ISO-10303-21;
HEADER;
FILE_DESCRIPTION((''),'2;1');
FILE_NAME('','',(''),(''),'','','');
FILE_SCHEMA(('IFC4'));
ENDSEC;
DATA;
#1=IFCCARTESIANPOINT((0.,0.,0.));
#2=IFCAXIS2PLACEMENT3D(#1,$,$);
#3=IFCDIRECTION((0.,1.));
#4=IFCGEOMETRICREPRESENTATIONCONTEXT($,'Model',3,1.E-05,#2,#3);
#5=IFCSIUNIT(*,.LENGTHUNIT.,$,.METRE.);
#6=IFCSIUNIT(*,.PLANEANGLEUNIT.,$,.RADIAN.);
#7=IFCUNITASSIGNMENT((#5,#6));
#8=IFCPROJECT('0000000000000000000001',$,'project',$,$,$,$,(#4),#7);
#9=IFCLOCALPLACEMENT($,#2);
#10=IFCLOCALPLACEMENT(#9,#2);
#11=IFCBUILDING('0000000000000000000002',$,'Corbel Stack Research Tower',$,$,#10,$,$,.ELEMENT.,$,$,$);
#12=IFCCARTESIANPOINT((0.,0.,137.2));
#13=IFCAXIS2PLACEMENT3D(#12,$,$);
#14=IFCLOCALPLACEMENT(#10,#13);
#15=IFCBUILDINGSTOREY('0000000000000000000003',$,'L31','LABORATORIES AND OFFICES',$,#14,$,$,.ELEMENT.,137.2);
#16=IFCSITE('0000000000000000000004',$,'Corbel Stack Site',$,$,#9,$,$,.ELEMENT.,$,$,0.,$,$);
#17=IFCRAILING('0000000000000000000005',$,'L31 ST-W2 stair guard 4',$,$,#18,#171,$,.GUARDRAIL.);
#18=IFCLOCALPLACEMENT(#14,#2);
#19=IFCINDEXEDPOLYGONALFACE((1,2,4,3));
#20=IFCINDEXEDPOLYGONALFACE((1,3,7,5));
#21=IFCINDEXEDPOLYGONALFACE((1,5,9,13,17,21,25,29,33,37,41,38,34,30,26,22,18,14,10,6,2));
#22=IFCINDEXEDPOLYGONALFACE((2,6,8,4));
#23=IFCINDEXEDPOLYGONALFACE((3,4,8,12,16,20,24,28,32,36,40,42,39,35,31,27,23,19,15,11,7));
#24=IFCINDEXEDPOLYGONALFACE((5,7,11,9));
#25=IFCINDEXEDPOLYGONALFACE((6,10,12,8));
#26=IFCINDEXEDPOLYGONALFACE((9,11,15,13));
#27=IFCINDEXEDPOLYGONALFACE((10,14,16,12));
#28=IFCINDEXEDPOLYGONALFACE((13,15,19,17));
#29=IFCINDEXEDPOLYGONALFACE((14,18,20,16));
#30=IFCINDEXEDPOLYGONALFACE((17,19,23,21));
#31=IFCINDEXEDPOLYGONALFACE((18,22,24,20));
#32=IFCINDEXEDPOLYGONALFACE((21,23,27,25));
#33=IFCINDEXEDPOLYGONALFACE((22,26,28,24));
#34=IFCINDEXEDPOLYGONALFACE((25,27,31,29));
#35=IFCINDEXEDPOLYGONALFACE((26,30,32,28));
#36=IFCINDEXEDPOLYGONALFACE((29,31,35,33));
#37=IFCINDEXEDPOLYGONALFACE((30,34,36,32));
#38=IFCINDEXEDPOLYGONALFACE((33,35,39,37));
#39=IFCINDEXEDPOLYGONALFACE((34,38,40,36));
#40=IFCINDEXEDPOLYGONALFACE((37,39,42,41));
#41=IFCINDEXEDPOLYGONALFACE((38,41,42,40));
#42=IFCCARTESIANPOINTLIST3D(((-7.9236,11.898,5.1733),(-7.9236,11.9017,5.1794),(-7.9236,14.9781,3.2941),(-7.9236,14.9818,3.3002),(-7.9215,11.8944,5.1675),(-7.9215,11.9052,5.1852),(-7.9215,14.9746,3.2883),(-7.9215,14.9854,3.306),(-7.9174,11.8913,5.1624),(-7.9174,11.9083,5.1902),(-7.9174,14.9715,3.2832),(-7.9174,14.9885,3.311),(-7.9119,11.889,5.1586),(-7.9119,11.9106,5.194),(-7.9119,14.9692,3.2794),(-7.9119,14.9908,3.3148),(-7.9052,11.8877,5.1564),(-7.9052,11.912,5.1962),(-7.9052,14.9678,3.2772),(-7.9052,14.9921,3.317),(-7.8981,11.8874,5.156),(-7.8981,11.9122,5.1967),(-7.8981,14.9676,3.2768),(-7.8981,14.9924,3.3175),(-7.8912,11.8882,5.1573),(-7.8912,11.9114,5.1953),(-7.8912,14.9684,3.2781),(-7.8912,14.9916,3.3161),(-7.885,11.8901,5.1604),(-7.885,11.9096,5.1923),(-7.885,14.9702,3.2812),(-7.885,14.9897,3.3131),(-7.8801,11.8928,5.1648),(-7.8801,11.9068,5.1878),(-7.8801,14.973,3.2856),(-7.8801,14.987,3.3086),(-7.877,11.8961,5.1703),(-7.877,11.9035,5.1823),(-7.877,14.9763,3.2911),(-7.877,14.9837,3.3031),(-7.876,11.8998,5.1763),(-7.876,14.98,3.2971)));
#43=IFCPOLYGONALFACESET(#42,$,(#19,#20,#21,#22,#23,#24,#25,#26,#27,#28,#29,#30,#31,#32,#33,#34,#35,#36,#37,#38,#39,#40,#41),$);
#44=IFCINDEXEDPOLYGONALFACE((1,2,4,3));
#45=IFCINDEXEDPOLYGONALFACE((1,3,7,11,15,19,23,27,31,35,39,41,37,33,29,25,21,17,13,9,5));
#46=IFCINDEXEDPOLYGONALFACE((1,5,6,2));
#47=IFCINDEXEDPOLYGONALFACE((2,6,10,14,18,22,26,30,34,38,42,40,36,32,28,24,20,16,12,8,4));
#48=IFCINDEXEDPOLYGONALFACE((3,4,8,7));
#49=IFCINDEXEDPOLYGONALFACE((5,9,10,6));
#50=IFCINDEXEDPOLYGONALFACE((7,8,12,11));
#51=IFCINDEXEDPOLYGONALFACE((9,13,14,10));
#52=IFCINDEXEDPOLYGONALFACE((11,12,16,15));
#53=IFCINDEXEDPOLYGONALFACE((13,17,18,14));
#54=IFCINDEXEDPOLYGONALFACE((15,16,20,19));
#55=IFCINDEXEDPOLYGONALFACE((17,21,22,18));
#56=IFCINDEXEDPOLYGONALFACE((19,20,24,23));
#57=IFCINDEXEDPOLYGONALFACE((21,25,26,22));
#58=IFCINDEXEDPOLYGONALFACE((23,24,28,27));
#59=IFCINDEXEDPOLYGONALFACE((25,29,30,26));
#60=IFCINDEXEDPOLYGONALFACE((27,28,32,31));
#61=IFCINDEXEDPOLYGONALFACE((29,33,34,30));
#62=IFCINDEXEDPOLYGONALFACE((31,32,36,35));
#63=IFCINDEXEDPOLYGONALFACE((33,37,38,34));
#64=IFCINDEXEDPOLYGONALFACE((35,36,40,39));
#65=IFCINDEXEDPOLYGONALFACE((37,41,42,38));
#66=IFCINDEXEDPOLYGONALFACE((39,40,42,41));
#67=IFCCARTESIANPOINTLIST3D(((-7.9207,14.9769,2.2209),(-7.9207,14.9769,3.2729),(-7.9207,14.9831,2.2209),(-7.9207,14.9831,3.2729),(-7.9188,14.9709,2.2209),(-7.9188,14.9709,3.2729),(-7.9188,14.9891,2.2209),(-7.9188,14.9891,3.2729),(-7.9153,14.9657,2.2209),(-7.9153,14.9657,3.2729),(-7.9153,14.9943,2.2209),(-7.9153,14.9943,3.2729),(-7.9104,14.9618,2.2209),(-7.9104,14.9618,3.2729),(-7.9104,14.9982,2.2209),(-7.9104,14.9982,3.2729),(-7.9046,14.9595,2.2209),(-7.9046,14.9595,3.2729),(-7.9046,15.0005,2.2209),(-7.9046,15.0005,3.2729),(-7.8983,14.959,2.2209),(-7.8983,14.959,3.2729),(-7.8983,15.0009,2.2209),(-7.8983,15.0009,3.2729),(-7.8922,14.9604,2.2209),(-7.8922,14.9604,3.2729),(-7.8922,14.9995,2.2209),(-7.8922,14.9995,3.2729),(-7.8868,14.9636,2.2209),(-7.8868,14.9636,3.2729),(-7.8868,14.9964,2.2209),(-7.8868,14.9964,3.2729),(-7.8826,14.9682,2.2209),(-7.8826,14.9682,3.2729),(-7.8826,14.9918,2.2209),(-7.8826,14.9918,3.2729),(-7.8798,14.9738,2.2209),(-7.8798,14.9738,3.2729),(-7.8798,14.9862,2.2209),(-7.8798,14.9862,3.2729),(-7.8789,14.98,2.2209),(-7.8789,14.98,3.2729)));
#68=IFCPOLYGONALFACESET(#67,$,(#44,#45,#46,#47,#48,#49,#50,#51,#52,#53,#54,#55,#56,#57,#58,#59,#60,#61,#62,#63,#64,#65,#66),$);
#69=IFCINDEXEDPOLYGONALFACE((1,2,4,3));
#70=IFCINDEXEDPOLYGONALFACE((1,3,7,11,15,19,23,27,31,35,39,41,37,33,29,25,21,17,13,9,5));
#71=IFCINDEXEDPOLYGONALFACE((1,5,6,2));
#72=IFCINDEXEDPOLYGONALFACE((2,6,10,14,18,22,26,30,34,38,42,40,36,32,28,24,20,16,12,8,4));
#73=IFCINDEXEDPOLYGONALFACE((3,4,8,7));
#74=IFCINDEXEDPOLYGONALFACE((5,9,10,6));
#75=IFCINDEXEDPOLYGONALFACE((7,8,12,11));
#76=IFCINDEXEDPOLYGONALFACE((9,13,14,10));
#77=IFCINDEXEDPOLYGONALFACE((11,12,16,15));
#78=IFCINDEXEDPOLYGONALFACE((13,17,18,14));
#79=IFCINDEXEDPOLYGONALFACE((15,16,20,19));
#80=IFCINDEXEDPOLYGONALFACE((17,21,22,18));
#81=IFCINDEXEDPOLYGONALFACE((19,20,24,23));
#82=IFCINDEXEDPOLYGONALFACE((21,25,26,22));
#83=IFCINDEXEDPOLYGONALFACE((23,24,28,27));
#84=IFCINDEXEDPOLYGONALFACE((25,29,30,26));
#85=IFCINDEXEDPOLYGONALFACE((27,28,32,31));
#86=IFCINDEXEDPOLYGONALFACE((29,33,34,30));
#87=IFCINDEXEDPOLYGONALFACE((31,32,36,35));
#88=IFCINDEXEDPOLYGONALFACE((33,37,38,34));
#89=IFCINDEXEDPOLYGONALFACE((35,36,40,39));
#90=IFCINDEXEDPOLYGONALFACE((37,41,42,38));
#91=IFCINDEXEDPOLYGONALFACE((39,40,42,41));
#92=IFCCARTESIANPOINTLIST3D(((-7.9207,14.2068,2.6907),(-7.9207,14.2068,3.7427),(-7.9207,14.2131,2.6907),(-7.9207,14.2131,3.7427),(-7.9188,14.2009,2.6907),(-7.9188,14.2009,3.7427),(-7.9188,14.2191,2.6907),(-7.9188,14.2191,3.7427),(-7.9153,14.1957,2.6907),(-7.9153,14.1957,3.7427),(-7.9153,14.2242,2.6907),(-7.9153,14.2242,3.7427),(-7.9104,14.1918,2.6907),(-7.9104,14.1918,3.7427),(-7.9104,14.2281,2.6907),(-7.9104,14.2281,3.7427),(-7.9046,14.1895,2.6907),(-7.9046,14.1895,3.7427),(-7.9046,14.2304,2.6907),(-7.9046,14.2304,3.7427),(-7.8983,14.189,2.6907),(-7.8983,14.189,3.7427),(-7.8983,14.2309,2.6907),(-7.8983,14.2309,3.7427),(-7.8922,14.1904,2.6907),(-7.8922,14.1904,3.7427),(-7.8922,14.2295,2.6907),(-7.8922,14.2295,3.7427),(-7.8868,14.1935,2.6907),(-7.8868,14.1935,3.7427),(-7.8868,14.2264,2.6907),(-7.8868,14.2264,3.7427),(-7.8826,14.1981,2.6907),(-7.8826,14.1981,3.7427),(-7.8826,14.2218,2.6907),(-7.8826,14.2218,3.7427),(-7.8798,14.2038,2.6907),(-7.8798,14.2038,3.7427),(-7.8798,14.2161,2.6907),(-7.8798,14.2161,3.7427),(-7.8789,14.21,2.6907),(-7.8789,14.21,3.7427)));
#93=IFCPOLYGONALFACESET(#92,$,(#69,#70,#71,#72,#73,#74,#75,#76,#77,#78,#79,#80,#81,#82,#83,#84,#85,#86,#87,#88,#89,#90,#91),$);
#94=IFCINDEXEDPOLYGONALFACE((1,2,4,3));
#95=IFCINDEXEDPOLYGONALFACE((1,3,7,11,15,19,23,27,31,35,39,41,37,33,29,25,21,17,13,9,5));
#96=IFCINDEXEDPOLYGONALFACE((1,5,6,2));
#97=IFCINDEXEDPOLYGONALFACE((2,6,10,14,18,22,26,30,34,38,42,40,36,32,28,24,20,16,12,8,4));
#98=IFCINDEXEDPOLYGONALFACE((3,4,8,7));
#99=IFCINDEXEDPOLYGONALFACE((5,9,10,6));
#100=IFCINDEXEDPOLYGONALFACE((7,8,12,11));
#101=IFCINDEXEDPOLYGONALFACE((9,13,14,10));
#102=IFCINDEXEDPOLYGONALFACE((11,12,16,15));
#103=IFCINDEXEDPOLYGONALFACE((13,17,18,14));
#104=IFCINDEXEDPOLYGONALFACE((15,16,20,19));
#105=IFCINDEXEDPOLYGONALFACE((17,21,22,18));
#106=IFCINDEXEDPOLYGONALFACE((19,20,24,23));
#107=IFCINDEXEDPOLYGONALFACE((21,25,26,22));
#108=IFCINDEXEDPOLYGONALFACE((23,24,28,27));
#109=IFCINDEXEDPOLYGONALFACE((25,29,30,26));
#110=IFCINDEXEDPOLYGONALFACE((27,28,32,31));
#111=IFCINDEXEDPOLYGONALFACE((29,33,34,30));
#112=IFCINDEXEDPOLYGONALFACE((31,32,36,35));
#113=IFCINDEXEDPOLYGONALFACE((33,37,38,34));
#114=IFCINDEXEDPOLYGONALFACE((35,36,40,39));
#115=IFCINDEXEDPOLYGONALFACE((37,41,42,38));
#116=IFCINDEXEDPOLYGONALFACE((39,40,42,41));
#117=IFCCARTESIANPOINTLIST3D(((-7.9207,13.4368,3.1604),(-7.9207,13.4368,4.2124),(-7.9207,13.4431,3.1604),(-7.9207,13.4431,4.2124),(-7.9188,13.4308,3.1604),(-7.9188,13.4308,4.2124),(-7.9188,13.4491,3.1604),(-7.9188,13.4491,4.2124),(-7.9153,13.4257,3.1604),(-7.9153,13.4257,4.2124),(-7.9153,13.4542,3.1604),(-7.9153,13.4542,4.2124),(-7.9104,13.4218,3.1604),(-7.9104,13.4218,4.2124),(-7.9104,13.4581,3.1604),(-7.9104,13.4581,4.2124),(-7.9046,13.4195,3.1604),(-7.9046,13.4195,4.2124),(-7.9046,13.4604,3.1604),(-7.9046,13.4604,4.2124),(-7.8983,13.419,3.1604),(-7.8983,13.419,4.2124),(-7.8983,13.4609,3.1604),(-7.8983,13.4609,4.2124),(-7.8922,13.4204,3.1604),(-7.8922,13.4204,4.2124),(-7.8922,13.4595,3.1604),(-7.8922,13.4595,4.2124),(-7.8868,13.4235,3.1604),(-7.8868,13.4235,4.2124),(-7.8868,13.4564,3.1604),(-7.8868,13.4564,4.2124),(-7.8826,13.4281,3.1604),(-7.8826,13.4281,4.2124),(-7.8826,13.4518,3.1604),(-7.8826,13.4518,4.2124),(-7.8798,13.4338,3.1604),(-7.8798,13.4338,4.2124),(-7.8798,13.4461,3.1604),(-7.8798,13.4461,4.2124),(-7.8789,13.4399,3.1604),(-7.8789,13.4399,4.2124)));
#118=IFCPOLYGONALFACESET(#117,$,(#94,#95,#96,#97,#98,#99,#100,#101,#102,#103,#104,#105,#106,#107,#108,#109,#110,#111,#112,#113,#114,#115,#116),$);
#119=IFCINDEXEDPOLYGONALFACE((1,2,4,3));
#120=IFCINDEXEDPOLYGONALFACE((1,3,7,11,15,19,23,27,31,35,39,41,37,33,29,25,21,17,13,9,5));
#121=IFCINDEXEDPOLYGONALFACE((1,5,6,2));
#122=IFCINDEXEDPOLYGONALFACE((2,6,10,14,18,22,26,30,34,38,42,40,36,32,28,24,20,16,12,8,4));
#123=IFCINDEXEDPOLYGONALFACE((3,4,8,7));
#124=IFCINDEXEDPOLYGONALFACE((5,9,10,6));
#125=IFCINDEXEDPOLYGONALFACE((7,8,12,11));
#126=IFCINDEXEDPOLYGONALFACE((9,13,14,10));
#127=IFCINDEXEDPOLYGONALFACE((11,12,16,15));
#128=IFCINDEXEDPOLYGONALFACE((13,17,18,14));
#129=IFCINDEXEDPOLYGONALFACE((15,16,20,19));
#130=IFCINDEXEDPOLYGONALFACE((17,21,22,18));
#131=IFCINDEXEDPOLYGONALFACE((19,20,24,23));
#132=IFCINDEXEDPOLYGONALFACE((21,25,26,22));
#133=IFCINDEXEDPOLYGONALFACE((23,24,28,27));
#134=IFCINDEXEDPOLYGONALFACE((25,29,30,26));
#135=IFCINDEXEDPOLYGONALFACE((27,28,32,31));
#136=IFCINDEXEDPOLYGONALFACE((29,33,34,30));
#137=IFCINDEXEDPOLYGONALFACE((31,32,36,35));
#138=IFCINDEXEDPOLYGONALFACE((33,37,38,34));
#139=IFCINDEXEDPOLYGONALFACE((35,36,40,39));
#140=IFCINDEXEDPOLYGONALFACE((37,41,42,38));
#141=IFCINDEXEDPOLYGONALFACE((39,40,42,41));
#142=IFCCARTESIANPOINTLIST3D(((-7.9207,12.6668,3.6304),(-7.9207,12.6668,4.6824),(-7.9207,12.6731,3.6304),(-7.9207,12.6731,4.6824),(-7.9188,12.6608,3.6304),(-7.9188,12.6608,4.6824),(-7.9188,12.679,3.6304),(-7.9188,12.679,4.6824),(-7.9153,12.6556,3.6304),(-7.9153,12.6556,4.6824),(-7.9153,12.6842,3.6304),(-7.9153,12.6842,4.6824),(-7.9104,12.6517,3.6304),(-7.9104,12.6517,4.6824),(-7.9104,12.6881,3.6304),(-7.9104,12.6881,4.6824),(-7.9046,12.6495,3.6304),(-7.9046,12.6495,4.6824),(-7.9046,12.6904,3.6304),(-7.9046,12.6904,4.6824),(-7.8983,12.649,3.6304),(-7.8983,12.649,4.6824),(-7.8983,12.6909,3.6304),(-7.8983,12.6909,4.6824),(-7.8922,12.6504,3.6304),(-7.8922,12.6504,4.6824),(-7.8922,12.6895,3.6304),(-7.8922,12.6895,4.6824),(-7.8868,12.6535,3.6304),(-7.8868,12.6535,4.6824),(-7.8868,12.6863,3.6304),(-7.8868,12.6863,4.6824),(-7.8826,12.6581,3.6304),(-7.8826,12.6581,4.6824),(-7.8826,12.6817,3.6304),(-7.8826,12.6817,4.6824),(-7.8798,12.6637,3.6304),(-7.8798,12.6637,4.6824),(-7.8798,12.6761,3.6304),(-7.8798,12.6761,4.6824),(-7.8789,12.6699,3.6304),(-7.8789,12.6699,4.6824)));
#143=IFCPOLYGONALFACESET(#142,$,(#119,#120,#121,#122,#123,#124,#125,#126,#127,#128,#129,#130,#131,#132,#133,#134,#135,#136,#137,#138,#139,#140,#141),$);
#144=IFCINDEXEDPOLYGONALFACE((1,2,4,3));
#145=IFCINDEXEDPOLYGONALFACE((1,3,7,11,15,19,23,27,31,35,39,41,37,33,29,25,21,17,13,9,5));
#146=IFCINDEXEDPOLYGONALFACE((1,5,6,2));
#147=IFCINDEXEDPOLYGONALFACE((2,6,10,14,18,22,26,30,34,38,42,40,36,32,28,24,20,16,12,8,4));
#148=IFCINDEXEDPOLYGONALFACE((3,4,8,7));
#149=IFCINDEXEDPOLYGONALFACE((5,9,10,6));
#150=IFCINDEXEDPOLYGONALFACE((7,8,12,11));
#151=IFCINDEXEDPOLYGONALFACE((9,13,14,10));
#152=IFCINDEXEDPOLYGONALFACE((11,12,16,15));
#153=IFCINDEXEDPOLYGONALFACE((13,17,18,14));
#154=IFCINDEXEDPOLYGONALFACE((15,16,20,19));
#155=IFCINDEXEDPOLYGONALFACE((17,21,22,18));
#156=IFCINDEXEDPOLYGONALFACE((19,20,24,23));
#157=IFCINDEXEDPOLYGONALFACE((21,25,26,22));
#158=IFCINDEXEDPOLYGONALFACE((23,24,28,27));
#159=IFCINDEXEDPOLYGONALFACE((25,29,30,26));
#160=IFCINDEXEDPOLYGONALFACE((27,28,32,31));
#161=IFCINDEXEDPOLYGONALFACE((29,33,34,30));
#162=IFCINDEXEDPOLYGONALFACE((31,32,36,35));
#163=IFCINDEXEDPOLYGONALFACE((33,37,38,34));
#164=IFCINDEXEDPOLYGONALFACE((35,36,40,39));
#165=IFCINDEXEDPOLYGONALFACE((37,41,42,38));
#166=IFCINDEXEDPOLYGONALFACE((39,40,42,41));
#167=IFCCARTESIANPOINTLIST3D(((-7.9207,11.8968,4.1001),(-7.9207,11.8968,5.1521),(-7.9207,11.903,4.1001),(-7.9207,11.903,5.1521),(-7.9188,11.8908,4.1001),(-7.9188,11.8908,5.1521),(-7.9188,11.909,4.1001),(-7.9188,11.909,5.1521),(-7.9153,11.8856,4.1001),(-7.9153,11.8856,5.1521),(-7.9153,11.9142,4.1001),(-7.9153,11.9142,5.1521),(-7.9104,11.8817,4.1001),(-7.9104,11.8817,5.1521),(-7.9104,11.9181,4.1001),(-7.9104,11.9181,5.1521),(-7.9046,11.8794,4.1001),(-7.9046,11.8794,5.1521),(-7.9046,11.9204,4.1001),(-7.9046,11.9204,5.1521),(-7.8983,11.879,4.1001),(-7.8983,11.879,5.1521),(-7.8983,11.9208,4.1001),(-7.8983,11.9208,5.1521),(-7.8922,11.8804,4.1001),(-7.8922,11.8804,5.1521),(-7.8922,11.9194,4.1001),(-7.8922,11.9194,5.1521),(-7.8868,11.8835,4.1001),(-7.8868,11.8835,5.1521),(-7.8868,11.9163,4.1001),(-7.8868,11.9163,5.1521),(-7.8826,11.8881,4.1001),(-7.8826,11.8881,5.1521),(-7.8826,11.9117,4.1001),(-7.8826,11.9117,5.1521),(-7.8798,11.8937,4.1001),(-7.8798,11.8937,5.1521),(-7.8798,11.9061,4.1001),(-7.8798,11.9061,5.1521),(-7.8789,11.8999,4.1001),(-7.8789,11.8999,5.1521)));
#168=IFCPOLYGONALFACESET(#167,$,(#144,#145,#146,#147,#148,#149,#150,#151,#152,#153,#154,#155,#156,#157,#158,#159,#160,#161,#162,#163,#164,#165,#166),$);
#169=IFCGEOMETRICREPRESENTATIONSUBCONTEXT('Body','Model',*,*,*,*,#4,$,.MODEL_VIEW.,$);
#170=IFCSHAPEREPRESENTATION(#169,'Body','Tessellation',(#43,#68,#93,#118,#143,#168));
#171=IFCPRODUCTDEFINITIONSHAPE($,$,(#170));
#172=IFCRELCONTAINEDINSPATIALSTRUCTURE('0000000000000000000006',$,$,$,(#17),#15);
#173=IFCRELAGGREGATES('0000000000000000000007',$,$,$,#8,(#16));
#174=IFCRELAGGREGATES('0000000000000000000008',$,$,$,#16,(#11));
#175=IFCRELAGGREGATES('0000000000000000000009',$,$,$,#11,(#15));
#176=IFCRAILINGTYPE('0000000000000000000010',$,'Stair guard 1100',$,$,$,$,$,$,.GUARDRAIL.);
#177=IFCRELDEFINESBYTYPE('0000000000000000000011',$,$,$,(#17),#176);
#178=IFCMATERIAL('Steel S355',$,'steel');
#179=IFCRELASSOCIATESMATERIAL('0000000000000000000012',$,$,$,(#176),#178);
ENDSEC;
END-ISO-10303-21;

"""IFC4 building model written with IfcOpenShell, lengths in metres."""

from ifc_helpers import new_model, si_unit, direction, frame, origin, origin_2d, place, context, subcontext, project, spatial, circle, extrude, material, type_object, element, save


model = new_model("IFC4")

# Units and contexts
model_context = context("Model", 3, precision=1e-05, world=origin(), true_north=direction((0.0, 1.0)))
body_context = subcontext(model_context, "Body", "Model", "MODEL_VIEW")
ifc_project = project(units=[si_unit("LENGTHUNIT", "METRE"), si_unit("PLANEANGLEUNIT", "RADIAN")], contexts=[model_context])

# Site, building, storey
site_placement = place(None, origin())
site = spatial("IfcSite", under=ifc_project, at=site_placement, Name="Corbel Stack Site", CompositionType="ELEMENT", RefElevation=0.0)
building_placement = place(site_placement, origin())
building = spatial("IfcBuilding", under=site, at=building_placement, Name="Corbel Stack Research Tower", CompositionType="ELEMENT")
storey_placement = place(building_placement, frame((0.0, 0.0, 137.2)))
storey = spatial("IfcBuildingStorey", under=building, at=storey_placement, Name="L31", Description="LABORATORIES AND OFFICES", CompositionType="ELEMENT", Elevation=137.2)

# Railing
ifc_material_1 = material(Name="Steel S355", Category="steel")
railing_type_1 = type_object("IfcRailingType", Name="Stair guard 1100", PredefinedType="GUARDRAIL", material=ifc_material_1)
railing_1_placement = place(storey_placement, frame((-7.8999, 14.98, 2.2209)))
element("IfcRailing", 1, at=railing_1_placement, inside=storey, type_object=railing_type_1, Name="L31 ST-W2 stair guard 4", PredefinedType="GUARDRAIL", context=body_context, shape_type="SweptSolid", body=[
    extrude(circle(Radius=0.0239, at=origin_2d()), frame((0.0, 0.0, 1.0762), z_axis=(0.0, -0.853666, 0.52082), x_axis=(1.0, 0.0, 0.0)), (0.0, 0.0, 1.0), 3.6082),
    extrude(circle(Radius=0.021, at=origin_2d()), origin(), (0.0, 0.0, 1.0), 1.052),
    extrude(circle(Radius=0.021, at=origin_2d()), frame((0.0, -0.77, 0.4697)), (0.0, 0.0, 1.0), 1.052),
    extrude(circle(Radius=0.021, at=origin_2d()), frame((0.0, -1.54, 0.9395)), (0.0, 0.0, 1.0), 1.052),
    extrude(circle(Radius=0.021, at=origin_2d()), frame((0.0, -2.3101, 1.4094)), (0.0, 0.0, 1.0), 1.052),
    extrude(circle(Radius=0.021, at=origin_2d()), frame((0.0, -3.0801, 1.8792)), (0.0, 0.0, 1.0), 1.052),
])

save(model, "model.ifc")
